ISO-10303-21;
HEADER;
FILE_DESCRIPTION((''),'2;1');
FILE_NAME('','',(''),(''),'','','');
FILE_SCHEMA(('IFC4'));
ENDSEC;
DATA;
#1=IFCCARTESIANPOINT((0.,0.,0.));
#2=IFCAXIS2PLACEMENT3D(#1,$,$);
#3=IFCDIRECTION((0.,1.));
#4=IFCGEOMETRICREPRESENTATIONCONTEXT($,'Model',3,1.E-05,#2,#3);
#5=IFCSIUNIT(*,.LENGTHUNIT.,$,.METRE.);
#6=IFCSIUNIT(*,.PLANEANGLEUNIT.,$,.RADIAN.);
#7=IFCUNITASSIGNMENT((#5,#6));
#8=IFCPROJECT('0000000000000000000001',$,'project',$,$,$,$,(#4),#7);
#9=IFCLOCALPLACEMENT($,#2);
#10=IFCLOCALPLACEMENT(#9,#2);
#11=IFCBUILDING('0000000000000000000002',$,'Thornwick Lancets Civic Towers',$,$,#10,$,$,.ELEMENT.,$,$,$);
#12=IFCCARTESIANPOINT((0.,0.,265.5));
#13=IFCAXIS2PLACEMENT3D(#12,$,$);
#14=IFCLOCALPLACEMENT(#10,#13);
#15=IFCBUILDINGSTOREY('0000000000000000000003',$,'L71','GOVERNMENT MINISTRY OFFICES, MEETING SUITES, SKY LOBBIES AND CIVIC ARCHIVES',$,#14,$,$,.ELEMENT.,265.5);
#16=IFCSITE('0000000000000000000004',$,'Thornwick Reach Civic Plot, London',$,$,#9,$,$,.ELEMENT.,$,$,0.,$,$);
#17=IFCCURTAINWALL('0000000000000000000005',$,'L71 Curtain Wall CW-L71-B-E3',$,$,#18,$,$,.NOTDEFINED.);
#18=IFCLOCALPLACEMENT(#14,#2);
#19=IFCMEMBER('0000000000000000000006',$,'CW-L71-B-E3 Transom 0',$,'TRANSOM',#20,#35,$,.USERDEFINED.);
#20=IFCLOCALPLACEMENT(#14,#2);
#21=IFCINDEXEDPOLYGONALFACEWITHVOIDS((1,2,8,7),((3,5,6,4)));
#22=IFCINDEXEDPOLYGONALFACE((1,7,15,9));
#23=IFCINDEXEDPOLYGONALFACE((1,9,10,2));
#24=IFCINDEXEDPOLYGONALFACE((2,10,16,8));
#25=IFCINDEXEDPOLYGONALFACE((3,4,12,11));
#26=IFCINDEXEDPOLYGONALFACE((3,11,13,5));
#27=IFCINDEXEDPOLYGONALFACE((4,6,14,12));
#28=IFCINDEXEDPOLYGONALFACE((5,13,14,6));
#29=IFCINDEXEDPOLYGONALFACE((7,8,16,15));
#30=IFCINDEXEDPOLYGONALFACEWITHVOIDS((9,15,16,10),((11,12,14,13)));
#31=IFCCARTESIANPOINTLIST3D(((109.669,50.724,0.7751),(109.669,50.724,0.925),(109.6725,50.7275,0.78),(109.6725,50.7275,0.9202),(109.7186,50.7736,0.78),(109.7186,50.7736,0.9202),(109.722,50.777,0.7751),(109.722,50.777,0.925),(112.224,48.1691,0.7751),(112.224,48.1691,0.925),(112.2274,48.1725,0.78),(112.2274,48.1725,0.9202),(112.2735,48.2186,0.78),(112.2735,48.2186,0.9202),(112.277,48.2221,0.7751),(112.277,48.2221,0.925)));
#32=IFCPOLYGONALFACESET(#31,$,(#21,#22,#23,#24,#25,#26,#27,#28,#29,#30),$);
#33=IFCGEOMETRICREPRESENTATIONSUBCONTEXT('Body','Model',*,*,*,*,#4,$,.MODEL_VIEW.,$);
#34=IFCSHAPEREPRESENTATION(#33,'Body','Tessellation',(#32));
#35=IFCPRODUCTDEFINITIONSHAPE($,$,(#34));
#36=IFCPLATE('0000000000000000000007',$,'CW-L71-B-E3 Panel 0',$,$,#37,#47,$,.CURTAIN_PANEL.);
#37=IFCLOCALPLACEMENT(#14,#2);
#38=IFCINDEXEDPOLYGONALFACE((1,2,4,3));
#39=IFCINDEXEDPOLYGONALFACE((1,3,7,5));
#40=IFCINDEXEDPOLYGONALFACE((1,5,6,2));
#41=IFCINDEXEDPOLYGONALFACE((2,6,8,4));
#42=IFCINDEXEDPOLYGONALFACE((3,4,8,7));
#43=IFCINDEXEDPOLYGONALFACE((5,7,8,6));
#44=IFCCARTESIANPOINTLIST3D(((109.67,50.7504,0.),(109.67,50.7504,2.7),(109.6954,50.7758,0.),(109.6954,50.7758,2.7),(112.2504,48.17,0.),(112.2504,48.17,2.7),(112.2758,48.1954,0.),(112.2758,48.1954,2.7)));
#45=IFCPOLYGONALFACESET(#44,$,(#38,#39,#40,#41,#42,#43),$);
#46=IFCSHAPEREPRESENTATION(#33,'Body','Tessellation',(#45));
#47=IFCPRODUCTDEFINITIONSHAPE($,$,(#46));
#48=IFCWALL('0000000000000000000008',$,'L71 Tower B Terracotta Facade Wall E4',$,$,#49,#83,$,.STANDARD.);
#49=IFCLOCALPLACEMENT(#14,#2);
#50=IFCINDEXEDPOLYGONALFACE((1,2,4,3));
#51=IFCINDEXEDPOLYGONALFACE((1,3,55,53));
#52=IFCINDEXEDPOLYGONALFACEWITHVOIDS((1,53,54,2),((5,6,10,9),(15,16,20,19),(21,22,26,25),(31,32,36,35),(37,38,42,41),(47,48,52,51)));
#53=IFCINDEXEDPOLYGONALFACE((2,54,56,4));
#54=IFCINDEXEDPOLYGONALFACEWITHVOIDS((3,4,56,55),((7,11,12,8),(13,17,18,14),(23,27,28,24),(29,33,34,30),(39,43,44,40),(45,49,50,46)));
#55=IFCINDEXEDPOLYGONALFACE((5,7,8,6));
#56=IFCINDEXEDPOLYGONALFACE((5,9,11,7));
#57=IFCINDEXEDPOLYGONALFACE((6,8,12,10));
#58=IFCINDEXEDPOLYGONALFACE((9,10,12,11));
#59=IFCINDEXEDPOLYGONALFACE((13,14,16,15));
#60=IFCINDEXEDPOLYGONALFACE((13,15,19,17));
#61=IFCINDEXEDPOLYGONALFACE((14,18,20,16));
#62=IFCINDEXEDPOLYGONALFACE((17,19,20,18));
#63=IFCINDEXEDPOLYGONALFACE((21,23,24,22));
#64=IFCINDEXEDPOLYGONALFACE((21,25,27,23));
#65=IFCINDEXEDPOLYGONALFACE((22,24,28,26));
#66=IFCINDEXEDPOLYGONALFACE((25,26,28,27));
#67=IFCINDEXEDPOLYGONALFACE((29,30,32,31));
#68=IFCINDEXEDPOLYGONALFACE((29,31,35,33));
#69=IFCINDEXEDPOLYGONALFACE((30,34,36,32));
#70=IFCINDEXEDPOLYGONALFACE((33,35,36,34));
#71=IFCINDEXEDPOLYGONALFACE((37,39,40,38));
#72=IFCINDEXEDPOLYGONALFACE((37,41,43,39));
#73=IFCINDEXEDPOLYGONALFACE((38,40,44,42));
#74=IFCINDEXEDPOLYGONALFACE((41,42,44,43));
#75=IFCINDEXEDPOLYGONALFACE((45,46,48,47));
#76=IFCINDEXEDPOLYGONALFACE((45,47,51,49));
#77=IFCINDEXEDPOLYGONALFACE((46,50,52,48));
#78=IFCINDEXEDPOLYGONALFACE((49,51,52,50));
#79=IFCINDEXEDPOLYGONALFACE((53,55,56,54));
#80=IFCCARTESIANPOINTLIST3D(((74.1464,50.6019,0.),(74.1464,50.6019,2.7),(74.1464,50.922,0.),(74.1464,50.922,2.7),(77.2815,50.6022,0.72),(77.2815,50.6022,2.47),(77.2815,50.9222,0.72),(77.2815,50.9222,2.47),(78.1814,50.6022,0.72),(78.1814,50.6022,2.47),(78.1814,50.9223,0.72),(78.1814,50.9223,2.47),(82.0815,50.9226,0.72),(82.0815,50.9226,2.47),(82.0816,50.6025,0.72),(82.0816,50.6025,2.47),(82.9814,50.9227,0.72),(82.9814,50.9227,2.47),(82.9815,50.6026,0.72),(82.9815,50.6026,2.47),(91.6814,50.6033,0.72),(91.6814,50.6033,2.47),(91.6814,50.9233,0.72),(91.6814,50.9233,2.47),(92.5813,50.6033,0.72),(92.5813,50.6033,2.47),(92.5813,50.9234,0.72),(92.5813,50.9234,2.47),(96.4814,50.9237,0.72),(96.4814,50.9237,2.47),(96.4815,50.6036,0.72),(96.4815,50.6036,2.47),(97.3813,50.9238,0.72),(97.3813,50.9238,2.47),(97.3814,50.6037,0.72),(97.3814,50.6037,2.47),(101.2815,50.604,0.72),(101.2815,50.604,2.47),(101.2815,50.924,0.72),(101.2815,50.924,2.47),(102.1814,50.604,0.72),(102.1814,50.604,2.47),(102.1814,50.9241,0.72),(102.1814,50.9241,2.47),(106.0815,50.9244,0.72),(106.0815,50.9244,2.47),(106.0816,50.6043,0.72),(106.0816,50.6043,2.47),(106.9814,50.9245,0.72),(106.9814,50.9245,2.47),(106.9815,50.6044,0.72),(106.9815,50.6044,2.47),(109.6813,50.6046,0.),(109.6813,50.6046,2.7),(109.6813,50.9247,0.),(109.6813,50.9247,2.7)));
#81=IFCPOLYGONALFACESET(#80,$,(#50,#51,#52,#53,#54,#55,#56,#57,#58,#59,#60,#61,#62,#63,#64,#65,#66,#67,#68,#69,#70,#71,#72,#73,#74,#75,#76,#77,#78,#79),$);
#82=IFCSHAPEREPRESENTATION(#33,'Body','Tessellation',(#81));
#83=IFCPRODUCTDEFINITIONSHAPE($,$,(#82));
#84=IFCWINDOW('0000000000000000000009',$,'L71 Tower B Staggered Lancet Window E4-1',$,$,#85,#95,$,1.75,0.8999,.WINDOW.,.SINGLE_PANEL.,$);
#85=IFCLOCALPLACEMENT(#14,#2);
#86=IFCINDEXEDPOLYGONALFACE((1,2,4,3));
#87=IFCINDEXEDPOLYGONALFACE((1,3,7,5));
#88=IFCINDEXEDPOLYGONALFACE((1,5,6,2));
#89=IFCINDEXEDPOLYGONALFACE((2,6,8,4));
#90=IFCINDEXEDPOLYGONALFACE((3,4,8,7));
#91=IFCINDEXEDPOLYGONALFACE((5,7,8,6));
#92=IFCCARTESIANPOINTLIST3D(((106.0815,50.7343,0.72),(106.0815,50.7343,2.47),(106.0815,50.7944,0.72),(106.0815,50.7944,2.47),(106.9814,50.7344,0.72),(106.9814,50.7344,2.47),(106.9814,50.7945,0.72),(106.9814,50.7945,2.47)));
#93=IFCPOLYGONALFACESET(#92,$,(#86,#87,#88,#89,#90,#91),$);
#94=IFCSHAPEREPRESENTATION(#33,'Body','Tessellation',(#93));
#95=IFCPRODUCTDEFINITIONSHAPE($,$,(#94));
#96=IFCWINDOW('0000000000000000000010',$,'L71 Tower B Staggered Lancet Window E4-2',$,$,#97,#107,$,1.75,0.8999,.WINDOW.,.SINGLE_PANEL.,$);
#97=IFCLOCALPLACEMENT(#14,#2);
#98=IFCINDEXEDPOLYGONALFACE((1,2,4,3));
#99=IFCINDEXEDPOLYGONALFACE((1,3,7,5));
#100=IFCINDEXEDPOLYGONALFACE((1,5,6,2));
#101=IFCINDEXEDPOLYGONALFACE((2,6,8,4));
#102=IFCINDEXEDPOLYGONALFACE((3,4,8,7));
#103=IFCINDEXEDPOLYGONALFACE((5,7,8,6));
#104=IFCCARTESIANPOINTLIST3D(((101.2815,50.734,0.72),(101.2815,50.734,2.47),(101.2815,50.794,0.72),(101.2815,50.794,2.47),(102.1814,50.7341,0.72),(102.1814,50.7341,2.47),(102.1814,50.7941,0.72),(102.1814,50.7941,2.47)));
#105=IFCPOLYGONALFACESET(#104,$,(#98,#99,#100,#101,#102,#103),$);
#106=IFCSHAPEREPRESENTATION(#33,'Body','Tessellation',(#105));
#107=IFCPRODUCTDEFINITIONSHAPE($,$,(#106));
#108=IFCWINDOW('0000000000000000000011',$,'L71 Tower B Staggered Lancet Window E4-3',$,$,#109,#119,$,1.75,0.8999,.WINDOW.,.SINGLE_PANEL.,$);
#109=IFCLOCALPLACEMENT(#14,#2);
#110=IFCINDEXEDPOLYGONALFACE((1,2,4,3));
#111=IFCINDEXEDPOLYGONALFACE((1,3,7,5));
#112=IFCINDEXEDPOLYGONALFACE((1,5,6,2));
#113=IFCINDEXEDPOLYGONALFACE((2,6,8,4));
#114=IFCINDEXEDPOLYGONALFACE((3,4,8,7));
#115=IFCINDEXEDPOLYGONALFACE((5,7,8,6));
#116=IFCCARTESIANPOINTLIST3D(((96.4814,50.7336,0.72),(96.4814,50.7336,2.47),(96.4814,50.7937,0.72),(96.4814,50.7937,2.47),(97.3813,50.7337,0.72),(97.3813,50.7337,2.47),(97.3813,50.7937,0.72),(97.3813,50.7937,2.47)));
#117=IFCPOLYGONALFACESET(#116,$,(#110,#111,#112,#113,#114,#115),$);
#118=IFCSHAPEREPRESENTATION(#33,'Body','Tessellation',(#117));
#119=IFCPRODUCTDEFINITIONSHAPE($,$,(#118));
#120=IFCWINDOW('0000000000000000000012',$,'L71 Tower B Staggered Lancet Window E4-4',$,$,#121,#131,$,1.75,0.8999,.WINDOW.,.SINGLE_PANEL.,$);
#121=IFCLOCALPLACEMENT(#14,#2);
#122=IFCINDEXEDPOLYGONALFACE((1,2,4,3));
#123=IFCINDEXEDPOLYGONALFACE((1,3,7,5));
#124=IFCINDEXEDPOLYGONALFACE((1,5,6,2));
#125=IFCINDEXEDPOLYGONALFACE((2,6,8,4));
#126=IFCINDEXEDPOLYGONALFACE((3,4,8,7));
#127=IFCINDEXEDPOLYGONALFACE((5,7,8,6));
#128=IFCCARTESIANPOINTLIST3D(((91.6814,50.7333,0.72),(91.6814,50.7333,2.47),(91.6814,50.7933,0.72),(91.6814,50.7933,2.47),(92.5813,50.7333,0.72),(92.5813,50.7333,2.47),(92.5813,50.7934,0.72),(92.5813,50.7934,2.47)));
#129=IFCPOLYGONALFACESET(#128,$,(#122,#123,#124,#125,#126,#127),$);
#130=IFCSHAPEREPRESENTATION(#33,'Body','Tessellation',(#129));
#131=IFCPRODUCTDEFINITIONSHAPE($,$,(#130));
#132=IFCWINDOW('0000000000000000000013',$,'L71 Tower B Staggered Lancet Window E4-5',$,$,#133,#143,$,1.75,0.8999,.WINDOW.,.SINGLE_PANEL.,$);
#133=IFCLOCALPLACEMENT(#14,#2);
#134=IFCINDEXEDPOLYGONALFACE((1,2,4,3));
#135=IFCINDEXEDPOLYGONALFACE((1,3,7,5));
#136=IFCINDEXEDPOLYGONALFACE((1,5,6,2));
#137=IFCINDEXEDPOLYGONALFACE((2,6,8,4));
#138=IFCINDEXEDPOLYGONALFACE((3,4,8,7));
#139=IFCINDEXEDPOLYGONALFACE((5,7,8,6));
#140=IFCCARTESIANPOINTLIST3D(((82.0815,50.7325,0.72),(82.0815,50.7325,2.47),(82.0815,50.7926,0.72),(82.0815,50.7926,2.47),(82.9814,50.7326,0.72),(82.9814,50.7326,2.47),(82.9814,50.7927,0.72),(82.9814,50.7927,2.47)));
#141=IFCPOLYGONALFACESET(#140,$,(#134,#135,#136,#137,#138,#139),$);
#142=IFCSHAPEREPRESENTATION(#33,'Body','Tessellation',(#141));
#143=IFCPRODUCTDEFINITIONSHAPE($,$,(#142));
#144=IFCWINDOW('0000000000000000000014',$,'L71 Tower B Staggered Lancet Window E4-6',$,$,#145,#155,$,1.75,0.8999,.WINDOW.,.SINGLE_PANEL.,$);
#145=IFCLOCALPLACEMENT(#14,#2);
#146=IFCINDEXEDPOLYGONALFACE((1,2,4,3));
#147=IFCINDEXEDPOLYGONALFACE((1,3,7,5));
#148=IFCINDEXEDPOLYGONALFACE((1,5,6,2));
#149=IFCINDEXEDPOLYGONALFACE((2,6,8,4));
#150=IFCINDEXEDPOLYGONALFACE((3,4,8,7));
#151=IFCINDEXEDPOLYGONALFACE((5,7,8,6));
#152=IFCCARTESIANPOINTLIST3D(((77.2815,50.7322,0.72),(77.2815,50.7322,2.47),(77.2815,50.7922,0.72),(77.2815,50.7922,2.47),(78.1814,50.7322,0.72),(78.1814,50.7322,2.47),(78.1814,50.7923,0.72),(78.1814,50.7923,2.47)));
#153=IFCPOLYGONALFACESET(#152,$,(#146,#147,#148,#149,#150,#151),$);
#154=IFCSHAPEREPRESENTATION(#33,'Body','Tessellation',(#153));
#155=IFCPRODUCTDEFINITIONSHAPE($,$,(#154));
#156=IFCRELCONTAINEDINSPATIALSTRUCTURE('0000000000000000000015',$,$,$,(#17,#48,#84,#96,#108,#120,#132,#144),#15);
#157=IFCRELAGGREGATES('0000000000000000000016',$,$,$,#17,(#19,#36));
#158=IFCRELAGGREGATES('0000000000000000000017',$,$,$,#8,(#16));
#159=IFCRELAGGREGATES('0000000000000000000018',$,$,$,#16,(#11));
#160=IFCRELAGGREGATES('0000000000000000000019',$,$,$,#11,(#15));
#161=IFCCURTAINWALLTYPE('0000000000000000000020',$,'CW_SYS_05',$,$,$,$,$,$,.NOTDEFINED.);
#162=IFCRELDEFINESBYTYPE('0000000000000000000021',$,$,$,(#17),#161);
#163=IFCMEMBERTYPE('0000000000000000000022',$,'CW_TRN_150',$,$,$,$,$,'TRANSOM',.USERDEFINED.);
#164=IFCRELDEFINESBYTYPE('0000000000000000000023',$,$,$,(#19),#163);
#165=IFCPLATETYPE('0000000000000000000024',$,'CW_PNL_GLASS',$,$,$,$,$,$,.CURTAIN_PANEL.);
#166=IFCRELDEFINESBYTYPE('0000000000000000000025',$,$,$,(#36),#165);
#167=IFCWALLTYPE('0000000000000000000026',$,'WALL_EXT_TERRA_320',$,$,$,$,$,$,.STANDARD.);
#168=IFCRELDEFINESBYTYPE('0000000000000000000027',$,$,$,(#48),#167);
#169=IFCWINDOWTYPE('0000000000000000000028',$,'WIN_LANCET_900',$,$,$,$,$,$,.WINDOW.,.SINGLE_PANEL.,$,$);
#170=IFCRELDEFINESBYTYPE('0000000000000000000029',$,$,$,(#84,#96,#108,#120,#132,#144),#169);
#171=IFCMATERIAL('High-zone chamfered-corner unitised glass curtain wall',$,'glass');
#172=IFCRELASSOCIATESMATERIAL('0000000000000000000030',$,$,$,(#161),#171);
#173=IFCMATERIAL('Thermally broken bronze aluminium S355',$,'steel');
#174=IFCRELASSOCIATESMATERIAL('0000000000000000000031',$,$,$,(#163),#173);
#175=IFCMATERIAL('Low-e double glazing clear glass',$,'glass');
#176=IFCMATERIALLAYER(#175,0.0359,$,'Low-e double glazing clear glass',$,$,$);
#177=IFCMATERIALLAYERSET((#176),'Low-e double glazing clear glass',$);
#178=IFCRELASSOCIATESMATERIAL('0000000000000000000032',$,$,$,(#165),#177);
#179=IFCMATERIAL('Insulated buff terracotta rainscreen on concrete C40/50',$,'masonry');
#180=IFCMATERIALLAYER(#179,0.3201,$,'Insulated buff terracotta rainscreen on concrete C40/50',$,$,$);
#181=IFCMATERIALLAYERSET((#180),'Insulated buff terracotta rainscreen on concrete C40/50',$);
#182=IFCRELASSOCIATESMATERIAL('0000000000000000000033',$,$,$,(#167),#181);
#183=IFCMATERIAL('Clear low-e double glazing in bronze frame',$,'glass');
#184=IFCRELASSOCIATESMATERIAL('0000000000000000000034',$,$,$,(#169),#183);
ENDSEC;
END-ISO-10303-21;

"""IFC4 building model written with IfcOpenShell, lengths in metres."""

from ifc_helpers import new_model, si_unit, direction, frame, frame_2d, origin, origin_2d, place, context, subcontext, project, spatial, rectangle, hollow_rectangle, extrude, material, layer, layer_set, material_profile, profile_set, type_object, element, fill, aggregate, save


model = new_model("IFC4")

# Units and contexts
model_context = context("Model", 3, precision=1e-05, world=origin(), true_north=direction((0.0, 1.0)))
body_context = subcontext(model_context, "Body", "Model", "MODEL_VIEW")
ifc_project = project(units=[si_unit("LENGTHUNIT", "METRE"), si_unit("PLANEANGLEUNIT", "RADIAN")], contexts=[model_context])

# Site, building, storey
site_placement = place(None, origin())
site = spatial("IfcSite", under=ifc_project, at=site_placement, Name="Thornwick Reach Civic Plot, London", CompositionType="ELEMENT", RefElevation=0.0)
building_placement = place(site_placement, origin())
building = spatial("IfcBuilding", under=site, at=building_placement, Name="Thornwick Lancets Civic Towers", CompositionType="ELEMENT")
storey_placement = place(building_placement, frame((0.0, 0.0, 265.5)))
storey = spatial("IfcBuildingStorey", under=building, at=storey_placement, Name="L71", Description="GOVERNMENT MINISTRY OFFICES, MEETING SUITES, SKY LOBBIES AND CIVIC ARCHIVES", CompositionType="ELEMENT", Elevation=265.5)

# Curtain wall, member, plate
ifc_material_1 = material(Name="High-zone chamfered-corner unitised glass curtain wall", Category="glass")
curtain_wall_type = type_object("IfcCurtainWallType", Name="CW_SYS_05", PredefinedType="NOTDEFINED", material=ifc_material_1)
curtain_wall_placement = place(storey_placement, origin())
curtain_wall = element("IfcCurtainWall", 1, at=curtain_wall_placement, inside=storey, type_object=curtain_wall_type, Name="L71 Curtain Wall CW-L71-B-E3", PredefinedType="NOTDEFINED")
ifc_material_2 = material(Name="Thermally broken bronze aluminium S355", Category="steel")
ifc_material_profile_1 = material_profile(ifc_material_2, hollow_rectangle(XDim=0.075, YDim=0.1499, WallThickness=0.0049, at=origin_2d()), Name="RHS 150x75x5")
ifc_profile_set_1 = profile_set([ifc_material_profile_1], Name="Thermally broken bronze aluminium S355")
member_type_1 = type_object("IfcMemberType", Name="CW_TRN_150", ElementType="TRANSOM", PredefinedType="USERDEFINED", material=ifc_profile_set_1)
member_1_placement = place(storey_placement, frame((112.2505, 48.1956, 0.8501), z_axis=(-0.707107, 0.707107, 0.0), x_axis=(-0.707107, -0.707107, 0.0)))
member_1 = element("IfcMember", 2, at=member_1_placement, type_object=member_type_1, Name="CW-L71-B-E3 Transom 0", ObjectType="TRANSOM", PredefinedType="USERDEFINED", context=body_context, shape_type="SweptSolid", body=[
    extrude(hollow_rectangle(XDim=0.075, YDim=0.1499, WallThickness=0.0049, at=origin_2d()), origin(), (0.0, 0.0, 1.0), 3.6133),
])
ifc_material_3 = material(Name="Low-e double glazing clear glass", Category="glass")
ifc_layer_1 = layer(ifc_material_3, 0.0359, Name="Low-e double glazing clear glass")
ifc_layer_set_1 = layer_set([ifc_layer_1], Name="Low-e double glazing clear glass")
plate_type = type_object("IfcPlateType", Name="CW_PNL_GLASS", PredefinedType="CURTAIN_PANEL", material=ifc_layer_set_1)
plate_placement = place(storey_placement, frame((110.9729, 49.4729, 0.0), z_axis=(0.0, 0.0, 1.0), x_axis=(-0.707107, 0.707107, 0.0)))
plate = element("IfcPlate", 3, at=plate_placement, type_object=plate_type, Name="CW-L71-B-E3 Panel 0", PredefinedType="CURTAIN_PANEL", context=body_context, shape_type="SweptSolid", body=[
    extrude(rectangle(XDim=3.6492, YDim=0.0359, at=origin_2d()), origin(), (0.0, 0.0, 1.0), 2.7),
])
aggregate(curtain_wall, [member_1, plate])

# Wall, openings, windows
ifc_material_4 = material(Name="Insulated buff terracotta rainscreen on concrete C40/50", Category="masonry")
ifc_layer_2 = layer(ifc_material_4, 0.3201, Name="Insulated buff terracotta rainscreen on concrete C40/50")
ifc_layer_set_2 = layer_set([ifc_layer_2], Name="Insulated buff terracotta rainscreen on concrete C40/50")
wall_type_1 = type_object("IfcWallType", Name="WALL_EXT_TERRA_320", PredefinedType="STANDARD", material=ifc_layer_set_2)
wall_1_placement = place(storey_placement, frame((109.6814, 50.7646, 0.0), z_axis=(0.0, 0.0, 1.0), x_axis=(-1.0, -0.000076, 0.0)))
wall_1 = element("IfcWall", 4, at=wall_1_placement, inside=storey, type_object=wall_type_1, Name="L71 Tower B Terracotta Facade Wall E4", PredefinedType="STANDARD", context=body_context, shape_type="SweptSolid", body=[
    extrude(rectangle(XDim=35.5349, YDim=0.3201, at=frame_2d((17.7676, 0.0))), origin(), (0.0, 0.0, 1.0), 2.7),
])
opening_1_placement = place(wall_1_placement, frame((2.7, 0.0, 0.72)))
opening_1 = element("IfcOpeningElement", 5, at=opening_1_placement, cuts=wall_1, PredefinedType="OPENING", context=body_context, shape_type="SweptSolid", body=[
    extrude(rectangle(XDim=0.8999, YDim=1.75, at=frame_2d((0.45, 0.875))), frame((0.0, 0.1699, 0.0), z_axis=(0.0, -1.0, 0.0), x_axis=(1.0, 0.0, 0.0)), (0.0, 0.0, 1.0), 0.3401),
])
opening_2_placement = place(wall_1_placement, frame((7.5, 0.0, 0.72)))
opening_2 = element("IfcOpeningElement", 6, at=opening_2_placement, cuts=wall_1, PredefinedType="OPENING", context=body_context, shape_type="SweptSolid", body=[
    extrude(rectangle(XDim=0.8999, YDim=1.75, at=frame_2d((0.45, 0.875))), frame((0.0, 0.1699, 0.0), z_axis=(0.0, -1.0, 0.0), x_axis=(1.0, 0.0, 0.0)), (0.0, 0.0, 1.0), 0.3401),
])
opening_3_placement = place(wall_1_placement, frame((12.3, 0.0, 0.72)))
opening_3 = element("IfcOpeningElement", 7, at=opening_3_placement, cuts=wall_1, PredefinedType="OPENING", context=body_context, shape_type="SweptSolid", body=[
    extrude(rectangle(XDim=0.8999, YDim=1.75, at=frame_2d((0.45, 0.875))), frame((0.0, 0.1699, 0.0), z_axis=(0.0, -1.0, 0.0), x_axis=(1.0, 0.0, 0.0)), (0.0, 0.0, 1.0), 0.3401),
])
opening_4_placement = place(wall_1_placement, frame((17.1001, 0.0, 0.72)))
opening_4 = element("IfcOpeningElement", 8, at=opening_4_placement, cuts=wall_1, PredefinedType="OPENING", context=body_context, shape_type="SweptSolid", body=[
    extrude(rectangle(XDim=0.8999, YDim=1.75, at=frame_2d((0.45, 0.875))), frame((0.0, 0.1699, 0.0), z_axis=(0.0, -1.0, 0.0), x_axis=(1.0, 0.0, 0.0)), (0.0, 0.0, 1.0), 0.3401),
])
opening_5_placement = place(wall_1_placement, frame((26.7, 0.0, 0.72)))
opening_5 = element("IfcOpeningElement", 9, at=opening_5_placement, cuts=wall_1, PredefinedType="OPENING", context=body_context, shape_type="SweptSolid", body=[
    extrude(rectangle(XDim=0.8999, YDim=1.75, at=frame_2d((0.45, 0.875))), frame((0.0, 0.1699, 0.0), z_axis=(0.0, -1.0, 0.0), x_axis=(1.0, 0.0, 0.0)), (0.0, 0.0, 1.0), 0.3401),
])
opening_6_placement = place(wall_1_placement, frame((31.5, 0.0, 0.72)))
opening_6 = element("IfcOpeningElement", 10, at=opening_6_placement, cuts=wall_1, PredefinedType="OPENING", context=body_context, shape_type="SweptSolid", body=[
    extrude(rectangle(XDim=0.8999, YDim=1.75, at=frame_2d((0.45, 0.875))), frame((0.0, 0.1699, 0.0), z_axis=(0.0, -1.0, 0.0), x_axis=(1.0, 0.0, 0.0)), (0.0, 0.0, 1.0), 0.3401),
])
ifc_material_5 = material(Name="Clear low-e double glazing in bronze frame", Category="glass")
window_type = type_object("IfcWindowType", Name="WIN_LANCET_900", PartitioningType="SINGLE_PANEL", PredefinedType="WINDOW", material=ifc_material_5)
window_1_placement = place(opening_1_placement, origin())
window_1 = element("IfcWindow", 11, at=window_1_placement, inside=storey, type_object=window_type, Name="L71 Tower B Staggered Lancet Window E4-1", OverallHeight=1.75, OverallWidth=0.8999, PartitioningType="SINGLE_PANEL", PredefinedType="WINDOW", context=body_context, shape_type="SweptSolid", body=[
    extrude(rectangle(XDim=0.8999, YDim=1.75, at=frame_2d((0.45, 0.875))), frame((0.0, 0.03, 0.0), z_axis=(0.0, -1.0, 0.0), x_axis=(1.0, 0.0, 0.0)), (0.0, 0.0, 1.0), 0.0601),
])
fill(opening_1, window_1)
window_2_placement = place(opening_2_placement, origin())
window_2 = element("IfcWindow", 12, at=window_2_placement, inside=storey, type_object=window_type, Name="L71 Tower B Staggered Lancet Window E4-2", OverallHeight=1.75, OverallWidth=0.8999, PartitioningType="SINGLE_PANEL", PredefinedType="WINDOW", context=body_context, shape_type="SweptSolid", body=[
    extrude(rectangle(XDim=0.8999, YDim=1.75, at=frame_2d((0.45, 0.875))), frame((0.0, 0.03, 0.0), z_axis=(0.0, -1.0, 0.0), x_axis=(1.0, 0.0, 0.0)), (0.0, 0.0, 1.0), 0.0601),
])
fill(opening_2, window_2)
window_3_placement = place(opening_3_placement, origin())
window_3 = element("IfcWindow", 13, at=window_3_placement, inside=storey, type_object=window_type, Name="L71 Tower B Staggered Lancet Window E4-3", OverallHeight=1.75, OverallWidth=0.8999, PartitioningType="SINGLE_PANEL", PredefinedType="WINDOW", context=body_context, shape_type="SweptSolid", body=[
    extrude(rectangle(XDim=0.8999, YDim=1.75, at=frame_2d((0.45, 0.875))), frame((0.0, 0.03, 0.0), z_axis=(0.0, -1.0, 0.0), x_axis=(1.0, 0.0, 0.0)), (0.0, 0.0, 1.0), 0.0601),
])
fill(opening_3, window_3)
window_4_placement = place(opening_4_placement, origin())
window_4 = element("IfcWindow", 14, at=window_4_placement, inside=storey, type_object=window_type, Name="L71 Tower B Staggered Lancet Window E4-4", OverallHeight=1.75, OverallWidth=0.8999, PartitioningType="SINGLE_PANEL", PredefinedType="WINDOW", context=body_context, shape_type="SweptSolid", body=[
    extrude(rectangle(XDim=0.8999, YDim=1.75, at=frame_2d((0.45, 0.875))), frame((0.0, 0.03, 0.0), z_axis=(0.0, -1.0, 0.0), x_axis=(1.0, 0.0, 0.0)), (0.0, 0.0, 1.0), 0.0601),
])
fill(opening_4, window_4)
window_5_placement = place(opening_5_placement, origin())
window_5 = element("IfcWindow", 15, at=window_5_placement, inside=storey, type_object=window_type, Name="L71 Tower B Staggered Lancet Window E4-5", OverallHeight=1.75, OverallWidth=0.8999, PartitioningType="SINGLE_PANEL", PredefinedType="WINDOW", context=body_context, shape_type="SweptSolid", body=[
    extrude(rectangle(XDim=0.8999, YDim=1.75, at=frame_2d((0.45, 0.875))), frame((0.0, 0.03, 0.0), z_axis=(0.0, -1.0, 0.0), x_axis=(1.0, 0.0, 0.0)), (0.0, 0.0, 1.0), 0.0601),
])
fill(opening_5, window_5)
window_6_placement = place(opening_6_placement, origin())
window_6 = element("IfcWindow", 16, at=window_6_placement, inside=storey, type_object=window_type, Name="L71 Tower B Staggered Lancet Window E4-6", OverallHeight=1.75, OverallWidth=0.8999, PartitioningType="SINGLE_PANEL", PredefinedType="WINDOW", context=body_context, shape_type="SweptSolid", body=[
    extrude(rectangle(XDim=0.8999, YDim=1.75, at=frame_2d((0.45, 0.875))), frame((0.0, 0.03, 0.0), z_axis=(0.0, -1.0, 0.0), x_axis=(1.0, 0.0, 0.0)), (0.0, 0.0, 1.0), 0.0601),
])
fill(opening_6, window_6)

save(model, "model.ifc")
